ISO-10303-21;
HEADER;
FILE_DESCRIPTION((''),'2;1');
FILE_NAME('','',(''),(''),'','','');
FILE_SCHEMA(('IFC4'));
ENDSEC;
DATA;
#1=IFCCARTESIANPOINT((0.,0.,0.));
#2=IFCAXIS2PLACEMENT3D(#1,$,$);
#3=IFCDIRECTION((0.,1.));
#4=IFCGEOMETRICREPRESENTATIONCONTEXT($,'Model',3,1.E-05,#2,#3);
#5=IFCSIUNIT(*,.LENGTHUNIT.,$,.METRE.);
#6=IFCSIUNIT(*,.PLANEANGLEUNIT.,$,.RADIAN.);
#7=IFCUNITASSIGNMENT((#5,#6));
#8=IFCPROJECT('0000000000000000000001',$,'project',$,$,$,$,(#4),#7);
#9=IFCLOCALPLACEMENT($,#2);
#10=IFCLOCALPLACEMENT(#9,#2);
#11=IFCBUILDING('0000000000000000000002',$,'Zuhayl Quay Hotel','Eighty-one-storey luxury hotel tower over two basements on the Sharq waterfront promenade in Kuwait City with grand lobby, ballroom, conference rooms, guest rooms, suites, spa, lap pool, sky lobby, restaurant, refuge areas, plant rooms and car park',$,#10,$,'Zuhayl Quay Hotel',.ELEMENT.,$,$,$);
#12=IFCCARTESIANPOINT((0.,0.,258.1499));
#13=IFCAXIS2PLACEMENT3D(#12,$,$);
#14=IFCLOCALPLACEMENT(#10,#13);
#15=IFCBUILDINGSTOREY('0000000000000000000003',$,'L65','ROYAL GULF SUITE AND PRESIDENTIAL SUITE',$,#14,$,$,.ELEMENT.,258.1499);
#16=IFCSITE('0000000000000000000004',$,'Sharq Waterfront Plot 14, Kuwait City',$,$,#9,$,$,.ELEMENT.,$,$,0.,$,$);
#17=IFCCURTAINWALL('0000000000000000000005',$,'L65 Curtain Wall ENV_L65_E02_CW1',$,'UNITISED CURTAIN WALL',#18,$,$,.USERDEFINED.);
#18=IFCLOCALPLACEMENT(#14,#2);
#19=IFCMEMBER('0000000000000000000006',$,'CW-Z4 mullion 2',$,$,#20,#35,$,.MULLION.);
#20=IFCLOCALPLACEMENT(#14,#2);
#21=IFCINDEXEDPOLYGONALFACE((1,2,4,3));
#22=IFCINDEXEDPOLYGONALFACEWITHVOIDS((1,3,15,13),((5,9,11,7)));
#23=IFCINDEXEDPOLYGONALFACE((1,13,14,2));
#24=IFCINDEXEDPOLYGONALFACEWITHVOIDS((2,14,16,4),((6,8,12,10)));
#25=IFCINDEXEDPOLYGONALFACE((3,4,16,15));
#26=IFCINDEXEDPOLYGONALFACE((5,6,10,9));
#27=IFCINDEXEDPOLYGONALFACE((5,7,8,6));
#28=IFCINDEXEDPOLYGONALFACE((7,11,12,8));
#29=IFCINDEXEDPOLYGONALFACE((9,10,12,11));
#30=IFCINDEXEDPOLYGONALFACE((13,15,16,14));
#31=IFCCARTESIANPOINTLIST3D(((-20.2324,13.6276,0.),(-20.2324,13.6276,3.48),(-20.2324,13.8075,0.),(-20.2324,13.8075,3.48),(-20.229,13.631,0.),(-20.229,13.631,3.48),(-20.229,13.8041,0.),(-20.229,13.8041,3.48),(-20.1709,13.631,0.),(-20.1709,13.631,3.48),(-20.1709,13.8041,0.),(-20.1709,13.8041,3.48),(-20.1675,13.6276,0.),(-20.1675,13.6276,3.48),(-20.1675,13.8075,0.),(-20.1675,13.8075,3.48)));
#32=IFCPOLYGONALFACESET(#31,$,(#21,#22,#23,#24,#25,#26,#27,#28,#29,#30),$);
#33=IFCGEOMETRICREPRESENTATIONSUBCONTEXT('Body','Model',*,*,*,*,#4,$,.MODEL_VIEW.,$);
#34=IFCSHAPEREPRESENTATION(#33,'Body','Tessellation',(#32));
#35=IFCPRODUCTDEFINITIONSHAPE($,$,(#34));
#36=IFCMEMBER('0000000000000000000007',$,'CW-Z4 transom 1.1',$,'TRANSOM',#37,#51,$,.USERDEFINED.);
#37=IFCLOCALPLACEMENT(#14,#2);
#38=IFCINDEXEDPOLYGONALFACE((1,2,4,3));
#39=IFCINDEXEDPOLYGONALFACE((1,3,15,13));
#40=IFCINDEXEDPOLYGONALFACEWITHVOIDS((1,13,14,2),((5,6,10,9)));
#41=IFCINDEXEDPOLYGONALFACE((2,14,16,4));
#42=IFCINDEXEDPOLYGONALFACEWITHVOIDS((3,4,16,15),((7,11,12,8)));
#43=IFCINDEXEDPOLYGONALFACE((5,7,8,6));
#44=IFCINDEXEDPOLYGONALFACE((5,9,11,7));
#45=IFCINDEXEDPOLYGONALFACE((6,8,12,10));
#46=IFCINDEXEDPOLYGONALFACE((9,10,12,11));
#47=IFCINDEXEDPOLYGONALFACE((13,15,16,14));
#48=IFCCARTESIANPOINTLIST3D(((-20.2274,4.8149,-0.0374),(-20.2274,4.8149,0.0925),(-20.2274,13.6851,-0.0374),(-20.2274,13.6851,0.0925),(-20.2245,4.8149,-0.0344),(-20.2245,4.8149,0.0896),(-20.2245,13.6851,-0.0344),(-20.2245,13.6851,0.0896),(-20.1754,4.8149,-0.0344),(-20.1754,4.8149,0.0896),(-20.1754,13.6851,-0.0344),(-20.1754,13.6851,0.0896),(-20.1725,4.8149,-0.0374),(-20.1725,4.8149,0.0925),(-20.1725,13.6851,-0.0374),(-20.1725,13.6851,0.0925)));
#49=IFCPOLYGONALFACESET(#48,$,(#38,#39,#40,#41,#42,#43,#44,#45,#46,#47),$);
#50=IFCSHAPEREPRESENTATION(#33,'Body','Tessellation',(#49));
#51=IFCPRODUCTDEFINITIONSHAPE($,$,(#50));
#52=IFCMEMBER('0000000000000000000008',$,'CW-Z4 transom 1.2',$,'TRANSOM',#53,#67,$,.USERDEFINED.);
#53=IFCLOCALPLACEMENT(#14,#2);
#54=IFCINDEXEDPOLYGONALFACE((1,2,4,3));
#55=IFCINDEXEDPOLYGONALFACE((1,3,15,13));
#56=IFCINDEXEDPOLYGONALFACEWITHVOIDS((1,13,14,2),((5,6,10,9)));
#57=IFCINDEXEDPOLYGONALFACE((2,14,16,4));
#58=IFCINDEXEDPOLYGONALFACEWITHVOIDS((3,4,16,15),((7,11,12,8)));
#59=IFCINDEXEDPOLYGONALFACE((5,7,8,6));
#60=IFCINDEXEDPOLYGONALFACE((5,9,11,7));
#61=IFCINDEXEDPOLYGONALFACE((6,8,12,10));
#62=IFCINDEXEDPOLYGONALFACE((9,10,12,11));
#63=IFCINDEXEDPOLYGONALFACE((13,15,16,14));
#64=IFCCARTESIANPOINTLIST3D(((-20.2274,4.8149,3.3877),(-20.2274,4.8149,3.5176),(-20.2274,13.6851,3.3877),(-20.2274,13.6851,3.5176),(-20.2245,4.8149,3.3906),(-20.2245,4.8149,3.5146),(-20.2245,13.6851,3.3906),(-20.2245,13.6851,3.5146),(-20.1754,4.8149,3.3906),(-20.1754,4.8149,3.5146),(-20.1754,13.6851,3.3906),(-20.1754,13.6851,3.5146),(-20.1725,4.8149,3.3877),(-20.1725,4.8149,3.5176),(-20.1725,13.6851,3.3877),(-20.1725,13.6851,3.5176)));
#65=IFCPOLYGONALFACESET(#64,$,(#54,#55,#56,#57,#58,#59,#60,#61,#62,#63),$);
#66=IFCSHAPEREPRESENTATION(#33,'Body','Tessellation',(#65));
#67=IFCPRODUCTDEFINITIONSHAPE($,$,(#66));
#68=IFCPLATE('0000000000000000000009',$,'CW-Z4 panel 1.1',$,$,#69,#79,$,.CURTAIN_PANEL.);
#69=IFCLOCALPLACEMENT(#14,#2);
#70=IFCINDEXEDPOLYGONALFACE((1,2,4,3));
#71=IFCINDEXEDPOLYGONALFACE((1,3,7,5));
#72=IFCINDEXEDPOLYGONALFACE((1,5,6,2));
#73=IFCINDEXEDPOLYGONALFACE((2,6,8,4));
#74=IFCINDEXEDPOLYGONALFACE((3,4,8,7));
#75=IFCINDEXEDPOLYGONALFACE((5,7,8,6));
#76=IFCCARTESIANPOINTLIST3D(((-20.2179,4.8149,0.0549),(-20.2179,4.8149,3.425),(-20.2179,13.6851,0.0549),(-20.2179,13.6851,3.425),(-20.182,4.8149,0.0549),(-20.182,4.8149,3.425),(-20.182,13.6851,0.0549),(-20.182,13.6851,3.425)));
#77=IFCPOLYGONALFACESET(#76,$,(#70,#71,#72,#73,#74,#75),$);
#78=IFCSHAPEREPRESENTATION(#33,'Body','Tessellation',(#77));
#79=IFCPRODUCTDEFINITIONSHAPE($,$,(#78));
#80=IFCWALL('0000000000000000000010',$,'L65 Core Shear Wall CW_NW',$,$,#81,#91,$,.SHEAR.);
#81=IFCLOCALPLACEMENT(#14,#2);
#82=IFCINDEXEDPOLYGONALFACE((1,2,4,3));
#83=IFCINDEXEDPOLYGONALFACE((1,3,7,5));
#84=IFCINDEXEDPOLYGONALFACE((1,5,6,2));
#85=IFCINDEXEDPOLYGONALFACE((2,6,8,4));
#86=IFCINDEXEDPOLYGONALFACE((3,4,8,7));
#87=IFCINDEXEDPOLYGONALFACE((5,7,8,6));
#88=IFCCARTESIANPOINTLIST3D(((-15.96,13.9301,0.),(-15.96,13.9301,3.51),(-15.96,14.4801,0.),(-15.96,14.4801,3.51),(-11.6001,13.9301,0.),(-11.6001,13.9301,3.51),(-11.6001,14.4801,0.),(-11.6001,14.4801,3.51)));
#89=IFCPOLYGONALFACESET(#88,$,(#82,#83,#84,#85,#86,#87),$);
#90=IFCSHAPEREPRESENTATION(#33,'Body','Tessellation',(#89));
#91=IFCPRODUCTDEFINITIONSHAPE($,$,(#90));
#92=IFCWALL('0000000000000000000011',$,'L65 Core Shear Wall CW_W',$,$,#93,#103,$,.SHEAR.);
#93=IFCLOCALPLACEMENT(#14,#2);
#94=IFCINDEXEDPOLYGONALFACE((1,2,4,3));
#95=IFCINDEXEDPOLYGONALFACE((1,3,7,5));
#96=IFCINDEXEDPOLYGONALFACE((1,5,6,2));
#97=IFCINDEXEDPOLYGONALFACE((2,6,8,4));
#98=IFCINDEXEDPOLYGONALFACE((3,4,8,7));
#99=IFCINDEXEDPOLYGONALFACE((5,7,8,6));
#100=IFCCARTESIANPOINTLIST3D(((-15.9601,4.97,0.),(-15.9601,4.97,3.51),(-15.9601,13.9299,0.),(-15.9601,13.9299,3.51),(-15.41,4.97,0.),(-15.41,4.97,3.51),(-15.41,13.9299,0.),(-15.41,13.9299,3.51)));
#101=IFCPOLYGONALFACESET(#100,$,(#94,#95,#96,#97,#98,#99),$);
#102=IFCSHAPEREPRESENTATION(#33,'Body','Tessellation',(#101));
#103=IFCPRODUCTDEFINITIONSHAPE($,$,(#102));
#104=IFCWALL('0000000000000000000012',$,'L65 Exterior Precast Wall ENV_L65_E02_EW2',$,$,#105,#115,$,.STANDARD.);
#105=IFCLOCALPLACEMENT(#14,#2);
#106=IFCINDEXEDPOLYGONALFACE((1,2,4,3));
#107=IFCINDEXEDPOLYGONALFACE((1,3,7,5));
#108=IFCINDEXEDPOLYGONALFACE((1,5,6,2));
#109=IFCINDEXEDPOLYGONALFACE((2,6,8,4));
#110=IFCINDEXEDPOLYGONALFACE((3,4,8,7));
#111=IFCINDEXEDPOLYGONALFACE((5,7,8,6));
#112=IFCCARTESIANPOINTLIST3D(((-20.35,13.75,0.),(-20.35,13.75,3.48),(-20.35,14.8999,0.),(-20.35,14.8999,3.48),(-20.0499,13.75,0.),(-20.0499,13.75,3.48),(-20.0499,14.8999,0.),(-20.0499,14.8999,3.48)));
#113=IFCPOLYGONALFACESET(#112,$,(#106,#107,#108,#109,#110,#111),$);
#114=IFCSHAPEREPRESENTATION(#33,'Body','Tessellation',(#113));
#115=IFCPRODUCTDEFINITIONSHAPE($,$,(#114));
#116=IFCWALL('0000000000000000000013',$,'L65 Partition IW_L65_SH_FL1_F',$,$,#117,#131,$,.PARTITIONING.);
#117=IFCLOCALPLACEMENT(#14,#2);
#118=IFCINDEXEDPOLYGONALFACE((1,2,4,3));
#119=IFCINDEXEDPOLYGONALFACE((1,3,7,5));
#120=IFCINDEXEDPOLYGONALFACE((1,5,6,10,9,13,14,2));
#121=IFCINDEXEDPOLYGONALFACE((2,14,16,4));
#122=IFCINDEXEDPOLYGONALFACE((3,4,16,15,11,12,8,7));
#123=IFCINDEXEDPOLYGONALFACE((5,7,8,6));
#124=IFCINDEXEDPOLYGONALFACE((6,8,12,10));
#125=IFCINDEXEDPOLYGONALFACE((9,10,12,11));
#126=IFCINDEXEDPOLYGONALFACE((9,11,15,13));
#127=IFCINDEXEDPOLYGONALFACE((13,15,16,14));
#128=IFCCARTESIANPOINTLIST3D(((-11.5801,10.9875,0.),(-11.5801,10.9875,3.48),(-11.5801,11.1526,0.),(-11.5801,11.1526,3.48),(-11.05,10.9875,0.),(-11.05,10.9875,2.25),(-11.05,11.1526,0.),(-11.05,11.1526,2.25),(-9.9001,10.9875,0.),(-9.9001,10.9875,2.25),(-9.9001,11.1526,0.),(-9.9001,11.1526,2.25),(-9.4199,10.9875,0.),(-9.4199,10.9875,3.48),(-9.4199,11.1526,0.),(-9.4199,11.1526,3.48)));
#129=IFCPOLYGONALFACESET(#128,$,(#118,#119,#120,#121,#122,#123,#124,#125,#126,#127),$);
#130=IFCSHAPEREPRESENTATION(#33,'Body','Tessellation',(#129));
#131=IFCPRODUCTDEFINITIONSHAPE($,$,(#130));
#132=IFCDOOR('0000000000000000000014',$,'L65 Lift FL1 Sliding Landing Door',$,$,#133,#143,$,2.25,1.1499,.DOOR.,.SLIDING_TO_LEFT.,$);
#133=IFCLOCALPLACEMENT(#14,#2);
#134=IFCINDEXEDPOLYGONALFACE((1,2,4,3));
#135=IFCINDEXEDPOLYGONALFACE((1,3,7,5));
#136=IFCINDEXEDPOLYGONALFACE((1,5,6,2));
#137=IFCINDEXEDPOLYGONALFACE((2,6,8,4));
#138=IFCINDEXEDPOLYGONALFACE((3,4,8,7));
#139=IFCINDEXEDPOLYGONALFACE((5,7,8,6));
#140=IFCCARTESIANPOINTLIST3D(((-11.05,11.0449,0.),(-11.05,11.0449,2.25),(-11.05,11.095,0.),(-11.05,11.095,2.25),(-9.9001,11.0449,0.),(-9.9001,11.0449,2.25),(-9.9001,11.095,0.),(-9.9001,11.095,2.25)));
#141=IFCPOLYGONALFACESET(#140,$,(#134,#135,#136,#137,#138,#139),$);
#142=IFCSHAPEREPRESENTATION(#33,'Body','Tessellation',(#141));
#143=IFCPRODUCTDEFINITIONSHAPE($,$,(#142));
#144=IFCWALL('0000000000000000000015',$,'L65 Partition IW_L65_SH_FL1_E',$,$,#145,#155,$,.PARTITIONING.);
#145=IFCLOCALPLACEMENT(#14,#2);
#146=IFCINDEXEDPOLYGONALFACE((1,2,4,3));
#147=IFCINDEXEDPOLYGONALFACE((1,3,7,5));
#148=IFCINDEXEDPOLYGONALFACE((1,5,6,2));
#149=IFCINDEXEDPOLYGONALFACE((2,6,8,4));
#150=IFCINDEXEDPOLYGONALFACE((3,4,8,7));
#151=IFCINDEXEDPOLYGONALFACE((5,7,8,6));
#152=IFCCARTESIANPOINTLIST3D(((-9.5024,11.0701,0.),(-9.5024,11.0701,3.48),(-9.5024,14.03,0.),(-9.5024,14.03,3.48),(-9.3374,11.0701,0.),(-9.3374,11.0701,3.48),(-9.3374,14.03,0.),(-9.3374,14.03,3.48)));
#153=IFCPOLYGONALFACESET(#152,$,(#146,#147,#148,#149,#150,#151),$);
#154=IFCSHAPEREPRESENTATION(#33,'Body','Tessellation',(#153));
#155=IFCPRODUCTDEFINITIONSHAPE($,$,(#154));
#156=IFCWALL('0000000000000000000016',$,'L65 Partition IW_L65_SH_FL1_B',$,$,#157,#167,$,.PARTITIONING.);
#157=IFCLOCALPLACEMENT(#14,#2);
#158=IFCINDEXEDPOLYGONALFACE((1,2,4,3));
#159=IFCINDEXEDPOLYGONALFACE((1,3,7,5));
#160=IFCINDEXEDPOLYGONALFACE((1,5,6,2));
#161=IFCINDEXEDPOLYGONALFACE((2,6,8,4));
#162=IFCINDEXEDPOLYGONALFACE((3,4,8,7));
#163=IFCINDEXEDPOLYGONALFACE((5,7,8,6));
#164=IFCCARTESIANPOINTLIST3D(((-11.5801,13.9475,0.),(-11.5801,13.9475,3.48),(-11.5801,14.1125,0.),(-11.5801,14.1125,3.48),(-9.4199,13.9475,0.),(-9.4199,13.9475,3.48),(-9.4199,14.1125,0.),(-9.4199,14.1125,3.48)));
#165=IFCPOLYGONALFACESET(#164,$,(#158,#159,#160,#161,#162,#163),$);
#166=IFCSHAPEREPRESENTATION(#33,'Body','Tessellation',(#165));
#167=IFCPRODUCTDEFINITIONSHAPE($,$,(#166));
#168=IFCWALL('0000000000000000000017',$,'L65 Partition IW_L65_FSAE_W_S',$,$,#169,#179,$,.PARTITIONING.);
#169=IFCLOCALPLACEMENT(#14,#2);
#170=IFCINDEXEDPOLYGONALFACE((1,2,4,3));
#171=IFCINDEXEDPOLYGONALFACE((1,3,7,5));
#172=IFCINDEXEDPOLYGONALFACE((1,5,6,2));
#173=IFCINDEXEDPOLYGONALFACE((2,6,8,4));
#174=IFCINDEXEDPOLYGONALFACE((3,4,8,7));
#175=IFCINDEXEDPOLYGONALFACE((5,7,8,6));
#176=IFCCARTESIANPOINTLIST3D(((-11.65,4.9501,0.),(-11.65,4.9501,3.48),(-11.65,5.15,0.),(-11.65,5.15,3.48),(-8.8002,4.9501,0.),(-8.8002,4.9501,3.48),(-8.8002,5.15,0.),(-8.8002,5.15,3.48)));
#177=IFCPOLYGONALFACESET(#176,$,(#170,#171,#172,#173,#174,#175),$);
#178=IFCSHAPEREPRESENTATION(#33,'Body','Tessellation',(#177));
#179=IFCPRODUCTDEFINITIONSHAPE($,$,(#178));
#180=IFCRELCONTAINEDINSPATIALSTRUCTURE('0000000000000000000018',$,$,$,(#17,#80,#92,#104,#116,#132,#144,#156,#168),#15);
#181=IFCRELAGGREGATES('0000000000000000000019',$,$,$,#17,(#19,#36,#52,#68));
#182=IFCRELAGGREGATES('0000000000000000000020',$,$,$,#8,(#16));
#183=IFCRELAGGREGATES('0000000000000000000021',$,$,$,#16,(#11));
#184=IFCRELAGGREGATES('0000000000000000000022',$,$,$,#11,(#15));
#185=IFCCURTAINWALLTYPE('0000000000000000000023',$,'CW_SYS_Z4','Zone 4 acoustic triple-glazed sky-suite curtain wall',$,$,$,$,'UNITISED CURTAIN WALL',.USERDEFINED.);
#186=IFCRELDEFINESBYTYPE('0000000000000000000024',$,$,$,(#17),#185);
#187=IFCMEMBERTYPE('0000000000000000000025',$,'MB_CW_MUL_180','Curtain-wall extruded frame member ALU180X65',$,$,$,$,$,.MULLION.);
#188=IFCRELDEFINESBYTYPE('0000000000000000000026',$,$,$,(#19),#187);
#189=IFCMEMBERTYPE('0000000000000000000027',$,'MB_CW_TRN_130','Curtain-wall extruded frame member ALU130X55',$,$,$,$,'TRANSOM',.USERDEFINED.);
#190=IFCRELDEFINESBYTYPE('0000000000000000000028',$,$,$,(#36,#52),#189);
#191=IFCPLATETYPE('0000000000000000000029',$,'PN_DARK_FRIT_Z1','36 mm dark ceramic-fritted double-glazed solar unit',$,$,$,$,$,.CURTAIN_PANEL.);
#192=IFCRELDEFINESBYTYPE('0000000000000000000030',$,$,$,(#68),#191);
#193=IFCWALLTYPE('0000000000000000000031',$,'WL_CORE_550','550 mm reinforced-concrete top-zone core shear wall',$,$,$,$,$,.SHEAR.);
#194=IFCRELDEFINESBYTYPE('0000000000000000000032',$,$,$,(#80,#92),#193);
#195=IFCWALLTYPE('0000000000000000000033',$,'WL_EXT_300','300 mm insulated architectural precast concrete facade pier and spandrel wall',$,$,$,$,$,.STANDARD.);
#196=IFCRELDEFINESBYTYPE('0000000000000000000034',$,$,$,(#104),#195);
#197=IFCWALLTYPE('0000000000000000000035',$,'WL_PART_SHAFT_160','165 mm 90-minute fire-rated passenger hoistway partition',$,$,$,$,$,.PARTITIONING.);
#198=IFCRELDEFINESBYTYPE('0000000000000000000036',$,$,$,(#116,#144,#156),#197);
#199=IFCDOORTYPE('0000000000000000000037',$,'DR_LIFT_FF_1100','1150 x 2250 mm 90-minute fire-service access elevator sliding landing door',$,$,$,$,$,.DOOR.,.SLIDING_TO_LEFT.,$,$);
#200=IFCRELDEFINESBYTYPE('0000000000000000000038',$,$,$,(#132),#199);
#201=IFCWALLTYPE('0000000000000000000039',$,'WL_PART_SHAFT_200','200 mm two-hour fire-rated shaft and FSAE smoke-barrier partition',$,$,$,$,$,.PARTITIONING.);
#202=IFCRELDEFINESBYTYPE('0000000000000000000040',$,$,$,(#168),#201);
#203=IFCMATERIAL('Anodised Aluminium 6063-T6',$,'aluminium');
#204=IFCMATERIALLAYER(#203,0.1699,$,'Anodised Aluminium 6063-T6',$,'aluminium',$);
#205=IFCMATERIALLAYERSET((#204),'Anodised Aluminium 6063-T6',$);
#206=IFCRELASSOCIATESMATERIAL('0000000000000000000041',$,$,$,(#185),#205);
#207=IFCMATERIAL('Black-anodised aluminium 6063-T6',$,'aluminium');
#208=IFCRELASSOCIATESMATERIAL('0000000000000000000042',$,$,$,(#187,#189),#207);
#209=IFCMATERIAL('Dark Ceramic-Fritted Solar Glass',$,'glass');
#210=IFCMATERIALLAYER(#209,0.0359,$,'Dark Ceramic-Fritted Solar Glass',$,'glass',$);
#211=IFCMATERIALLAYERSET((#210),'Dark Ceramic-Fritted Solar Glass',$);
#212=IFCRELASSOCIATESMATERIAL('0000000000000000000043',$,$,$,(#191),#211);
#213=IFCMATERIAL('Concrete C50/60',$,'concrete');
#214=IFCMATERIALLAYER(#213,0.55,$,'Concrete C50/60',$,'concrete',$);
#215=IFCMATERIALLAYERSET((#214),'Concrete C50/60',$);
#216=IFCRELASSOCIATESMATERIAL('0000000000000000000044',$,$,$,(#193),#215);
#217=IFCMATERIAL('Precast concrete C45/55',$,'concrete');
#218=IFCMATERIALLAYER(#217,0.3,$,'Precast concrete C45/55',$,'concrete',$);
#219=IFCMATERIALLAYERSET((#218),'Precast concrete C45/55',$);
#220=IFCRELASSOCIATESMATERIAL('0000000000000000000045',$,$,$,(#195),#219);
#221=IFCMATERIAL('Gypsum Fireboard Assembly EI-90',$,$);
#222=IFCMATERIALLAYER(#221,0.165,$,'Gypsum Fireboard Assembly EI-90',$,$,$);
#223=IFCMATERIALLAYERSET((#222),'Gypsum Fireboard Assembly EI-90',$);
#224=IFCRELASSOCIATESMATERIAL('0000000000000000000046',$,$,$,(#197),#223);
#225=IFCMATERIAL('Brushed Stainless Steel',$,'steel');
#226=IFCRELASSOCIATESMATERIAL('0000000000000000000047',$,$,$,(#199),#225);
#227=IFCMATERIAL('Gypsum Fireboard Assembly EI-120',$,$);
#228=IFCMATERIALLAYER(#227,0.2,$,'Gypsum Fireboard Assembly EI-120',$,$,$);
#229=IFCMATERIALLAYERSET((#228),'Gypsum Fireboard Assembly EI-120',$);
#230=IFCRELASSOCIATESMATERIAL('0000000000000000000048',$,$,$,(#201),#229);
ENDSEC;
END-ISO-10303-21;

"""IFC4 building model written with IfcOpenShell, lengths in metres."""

from ifc_helpers import new_model, si_unit, direction, frame, frame_2d, origin, origin_2d, place, context, subcontext, project, spatial, rectangle, hollow_rectangle, extrude, material, layer, layer_set, material_profile, profile_set, type_object, element, fill, aggregate, save


model = new_model("IFC4")

# Units and contexts
model_context = context("Model", 3, precision=1e-05, world=origin(), true_north=direction((0.0, 1.0)))
body_context = subcontext(model_context, "Body", "Model", "MODEL_VIEW")
ifc_project = project(units=[si_unit("LENGTHUNIT", "METRE"), si_unit("PLANEANGLEUNIT", "RADIAN")], contexts=[model_context])

# Site, building, storey
site_placement = place(None, origin())
site = spatial("IfcSite", under=ifc_project, at=site_placement, Name="Sharq Waterfront Plot 14, Kuwait City", CompositionType="ELEMENT", RefElevation=0.0)
building_placement = place(site_placement, origin())
building = spatial("IfcBuilding", under=site, at=building_placement, Name="Zuhayl Quay Hotel", Description="Eighty-one-storey luxury hotel tower over two basements on the Sharq waterfront promenade in Kuwait City with grand lobby, ballroom, conference rooms, guest rooms, suites, spa, lap pool, sky lobby, restaurant, refuge areas, plant rooms and car park", LongName="Zuhayl Quay Hotel", CompositionType="ELEMENT")
storey_placement = place(building_placement, frame((0.0, 0.0, 258.1499)))
storey = spatial("IfcBuildingStorey", under=building, at=storey_placement, Name="L65", Description="ROYAL GULF SUITE AND PRESIDENTIAL SUITE", CompositionType="ELEMENT", Elevation=258.1499)

# Curtain wall, members, plate
ifc_material_1 = material(Name="Anodised Aluminium 6063-T6", Category="aluminium")
ifc_layer_1 = layer(ifc_material_1, 0.1699, Name="Anodised Aluminium 6063-T6", Category="aluminium")
ifc_layer_set_1 = layer_set([ifc_layer_1], Name="Anodised Aluminium 6063-T6")
curtain_wall_type = type_object("IfcCurtainWallType", Name="CW_SYS_Z4", Description="Zone 4 acoustic triple-glazed sky-suite curtain wall", ElementType="UNITISED CURTAIN WALL", PredefinedType="USERDEFINED", material=ifc_layer_set_1)
curtain_wall_placement = place(storey_placement, origin())
curtain_wall = element("IfcCurtainWall", 1, at=curtain_wall_placement, inside=storey, type_object=curtain_wall_type, Name="L65 Curtain Wall ENV_L65_E02_CW1", ObjectType="UNITISED CURTAIN WALL", PredefinedType="USERDEFINED")
ifc_material_2 = material(Name="Black-anodised aluminium 6063-T6", Category="aluminium")
ifc_material_profile_1 = material_profile(ifc_material_2, hollow_rectangle(XDim=0.0649, YDim=0.1799, WallThickness=0.0034, at=origin_2d()), Name="ALU180X65")
ifc_profile_set_1 = profile_set([ifc_material_profile_1], Name="Black-anodised aluminium 6063-T6")
member_type_1 = type_object("IfcMemberType", Name="MB_CW_MUL_180", Description="Curtain-wall extruded frame member ALU180X65", PredefinedType="MULLION", material=ifc_profile_set_1)
member_1_placement = place(storey_placement, frame((-20.2, 13.7175, 0.0), z_axis=(0.0, 0.0, 1.0), x_axis=(-1.0, 0.0, 0.0)))
member_1 = element("IfcMember", 2, at=member_1_placement, type_object=member_type_1, Name="CW-Z4 mullion 2", PredefinedType="MULLION", context=body_context, shape_type="SweptSolid", body=[
    extrude(hollow_rectangle(XDim=0.0649, YDim=0.1799, WallThickness=0.0034, at=origin_2d()), origin(), (0.0, 0.0, 1.0), 3.48),
])
ifc_material_profile_2 = material_profile(ifc_material_2, hollow_rectangle(XDim=0.0549, YDim=0.1299, WallThickness=0.0029, at=origin_2d()), Name="ALU130X55")
ifc_profile_set_2 = profile_set([ifc_material_profile_2], Name="Black-anodised aluminium 6063-T6")
member_type_2 = type_object("IfcMemberType", Name="MB_CW_TRN_130", Description="Curtain-wall extruded frame member ALU130X55", ElementType="TRANSOM", PredefinedType="USERDEFINED", material=ifc_profile_set_2)
member_2_placement = place(storey_placement, frame((-20.2, 4.8149, 0.0276), z_axis=(0.0, 1.0, 0.0), x_axis=(-1.0, 0.0, 0.0)))
member_2 = element("IfcMember", 3, at=member_2_placement, type_object=member_type_2, Name="CW-Z4 transom 1.1", ObjectType="TRANSOM", PredefinedType="USERDEFINED", context=body_context, shape_type="SweptSolid", body=[
    extrude(hollow_rectangle(XDim=0.0549, YDim=0.1299, WallThickness=0.0029, at=origin_2d()), origin(), (0.0, 0.0, 1.0), 8.8701),
])
member_3_placement = place(storey_placement, frame((-20.2, 4.8149, 3.4526), z_axis=(0.0, 1.0, 0.0), x_axis=(-1.0, 0.0, 0.0)))
member_3 = element("IfcMember", 4, at=member_3_placement, type_object=member_type_2, Name="CW-Z4 transom 1.2", ObjectType="TRANSOM", PredefinedType="USERDEFINED", context=body_context, shape_type="SweptSolid", body=[
    extrude(hollow_rectangle(XDim=0.0549, YDim=0.1299, WallThickness=0.0029, at=origin_2d()), origin(), (0.0, 0.0, 1.0), 8.8701),
])
ifc_material_3 = material(Name="Dark Ceramic-Fritted Solar Glass", Category="glass")
ifc_layer_2 = layer(ifc_material_3, 0.0359, Name="Dark Ceramic-Fritted Solar Glass", Category="glass")
ifc_layer_set_2 = layer_set([ifc_layer_2], Name="Dark Ceramic-Fritted Solar Glass")
plate_type = type_object("IfcPlateType", Name="PN_DARK_FRIT_Z1", Description="36 mm dark ceramic-fritted double-glazed solar unit", PredefinedType="CURTAIN_PANEL", material=ifc_layer_set_2)
plate_placement = place(storey_placement, frame((-20.2, 9.25, 0.0549), z_axis=(0.0, 0.0, 1.0), x_axis=(0.0, 1.0, 0.0)))
plate = element("IfcPlate", 5, at=plate_placement, type_object=plate_type, Name="CW-Z4 panel 1.1", PredefinedType="CURTAIN_PANEL", context=body_context, shape_type="SweptSolid", body=[
    extrude(rectangle(XDim=8.8701, YDim=0.0359, at=origin_2d()), origin(), (0.0, 0.0, 1.0), 3.3701),
])
aggregate(curtain_wall, [member_1, member_2, member_3, plate])

# Walls
ifc_material_4 = material(Name="Concrete C50/60", Category="concrete")
ifc_layer_3 = layer(ifc_material_4, 0.55, Name="Concrete C50/60", Category="concrete")
ifc_layer_set_3 = layer_set([ifc_layer_3], Name="Concrete C50/60")
wall_type_1 = type_object("IfcWallType", Name="WL_CORE_550", Description="550 mm reinforced-concrete top-zone core shear wall", PredefinedType="SHEAR", material=ifc_layer_set_3)
wall_1_placement = place(storey_placement, frame((-15.96, 14.2051, 0.0), z_axis=(0.0, 0.0, 1.0), x_axis=(1.0, 0.0, 0.0)))
element("IfcWall", 6, at=wall_1_placement, inside=storey, type_object=wall_type_1, Name="L65 Core Shear Wall CW_NW", PredefinedType="SHEAR", context=body_context, shape_type="SweptSolid", body=[
    extrude(rectangle(XDim=4.3599, YDim=0.55, at=frame_2d((2.1799, 0.0))), origin(), (0.0, 0.0, 1.0), 3.51),
])
wall_2_placement = place(storey_placement, frame((-15.6851, 4.97, 0.0), z_axis=(0.0, 0.0, 1.0), x_axis=(0.0, 1.0, 0.0)))
element("IfcWall", 7, at=wall_2_placement, inside=storey, type_object=wall_type_1, Name="L65 Core Shear Wall CW_W", PredefinedType="SHEAR", context=body_context, shape_type="SweptSolid", body=[
    extrude(rectangle(XDim=8.96, YDim=0.55, at=frame_2d((4.48, 0.0))), origin(), (0.0, 0.0, 1.0), 3.51),
])
ifc_material_5 = material(Name="Precast concrete C45/55", Category="concrete")
ifc_layer_4 = layer(ifc_material_5, 0.3, Name="Precast concrete C45/55", Category="concrete")
ifc_layer_set_4 = layer_set([ifc_layer_4], Name="Precast concrete C45/55")
wall_type_2 = type_object("IfcWallType", Name="WL_EXT_300", Description="300 mm insulated architectural precast concrete facade pier and spandrel wall", PredefinedType="STANDARD", material=ifc_layer_set_4)
wall_3_placement = place(storey_placement, frame((-20.2, 13.75, 0.0), z_axis=(0.0, 0.0, 1.0), x_axis=(0.0, 1.0, 0.0)))
element("IfcWall", 8, at=wall_3_placement, inside=storey, type_object=wall_type_2, Name="L65 Exterior Precast Wall ENV_L65_E02_EW2", PredefinedType="STANDARD", context=body_context, shape_type="SweptSolid", body=[
    extrude(rectangle(XDim=1.1499, YDim=0.3, at=frame_2d((0.575, 0.0))), origin(), (0.0, 0.0, 1.0), 3.48),
])

# Wall, opening, door
ifc_material_6 = material(Name="Gypsum Fireboard Assembly EI-90")
ifc_layer_5 = layer(ifc_material_6, 0.165, Name="Gypsum Fireboard Assembly EI-90")
ifc_layer_set_5 = layer_set([ifc_layer_5], Name="Gypsum Fireboard Assembly EI-90")
wall_type_3 = type_object("IfcWallType", Name="WL_PART_SHAFT_160", Description="165 mm 90-minute fire-rated passenger hoistway partition", PredefinedType="PARTITIONING", material=ifc_layer_set_5)
wall_4_placement = place(storey_placement, frame((-11.5801, 11.0701, 0.0), z_axis=(0.0, 0.0, 1.0), x_axis=(1.0, 0.0, 0.0)))
wall_4 = element("IfcWall", 9, at=wall_4_placement, inside=storey, type_object=wall_type_3, Name="L65 Partition IW_L65_SH_FL1_F", PredefinedType="PARTITIONING", context=body_context, shape_type="SweptSolid", body=[
    extrude(rectangle(XDim=2.1602, YDim=0.165, at=frame_2d((1.0801, 0.0))), origin(), (0.0, 0.0, 1.0), 3.48),
])
opening_1_placement = place(wall_4_placement, frame((0.53, 0.0, 0.0)))
opening_1 = element("IfcOpeningElement", 10, at=opening_1_placement, cuts=wall_4, PredefinedType="OPENING", context=body_context, shape_type="SweptSolid", body=[
    extrude(rectangle(XDim=1.1499, YDim=2.25, at=frame_2d((0.575, 1.125))), frame((0.0, 0.0925, 0.0), z_axis=(0.0, -1.0, 0.0), x_axis=(1.0, 0.0, 0.0)), (0.0, 0.0, 1.0), 0.1851),
])
ifc_material_7 = material(Name="Brushed Stainless Steel", Category="steel")
door_type_1 = type_object("IfcDoorType", Name="DR_LIFT_FF_1100", Description="1150 x 2250 mm 90-minute fire-service access elevator sliding landing door", OperationType="SLIDING_TO_LEFT", PredefinedType="DOOR", material=ifc_material_7)
door_1_placement = place(opening_1_placement, origin())
door_1 = element("IfcDoor", 11, at=door_1_placement, inside=storey, type_object=door_type_1, Name="L65 Lift FL1 Sliding Landing Door", OperationType="SLIDING_TO_LEFT", OverallHeight=2.25, OverallWidth=1.1499, PredefinedType="DOOR", context=body_context, shape_type="SweptSolid", body=[
    extrude(rectangle(XDim=1.1499, YDim=2.25, at=frame_2d((0.575, 1.125))), frame((0.0, 0.0249, 0.0), z_axis=(0.0, -1.0, 0.0), x_axis=(1.0, 0.0, 0.0)), (0.0, 0.0, 1.0), 0.05),
])
fill(opening_1, door_1)

# Walls
wall_5_placement = place(storey_placement, frame((-9.4199, 11.0701, 0.0), z_axis=(0.0, 0.0, 1.0), x_axis=(0.0, 1.0, 0.0)))
element("IfcWall", 12, at=wall_5_placement, inside=storey, type_object=wall_type_3, Name="L65 Partition IW_L65_SH_FL1_E", PredefinedType="PARTITIONING", context=body_context, shape_type="SweptSolid", body=[
    extrude(rectangle(XDim=2.96, YDim=0.165, at=frame_2d((1.48, 0.0))), origin(), (0.0, 0.0, 1.0), 3.48),
])
wall_6_placement = place(storey_placement, frame((-11.5801, 14.03, 0.0), z_axis=(0.0, 0.0, 1.0), x_axis=(1.0, 0.0, 0.0)))
element("IfcWall", 13, at=wall_6_placement, inside=storey, type_object=wall_type_3, Name="L65 Partition IW_L65_SH_FL1_B", PredefinedType="PARTITIONING", context=body_context, shape_type="SweptSolid", body=[
    extrude(rectangle(XDim=2.1602, YDim=0.165, at=frame_2d((1.0801, 0.0))), origin(), (0.0, 0.0, 1.0), 3.48),
])
ifc_material_8 = material(Name="Gypsum Fireboard Assembly EI-120")
ifc_layer_6 = layer(ifc_material_8, 0.2, Name="Gypsum Fireboard Assembly EI-120")
ifc_layer_set_6 = layer_set([ifc_layer_6], Name="Gypsum Fireboard Assembly EI-120")
wall_type_4 = type_object("IfcWallType", Name="WL_PART_SHAFT_200", Description="200 mm two-hour fire-rated shaft and FSAE smoke-barrier partition", PredefinedType="PARTITIONING", material=ifc_layer_set_6)
wall_7_placement = place(storey_placement, frame((-11.6499, 5.05, 0.0), z_axis=(0.0, 0.0, 1.0), x_axis=(1.0, 0.0, 0.0)))
element("IfcWall", 14, at=wall_7_placement, inside=storey, type_object=wall_type_4, Name="L65 Partition IW_L65_FSAE_W_S", PredefinedType="PARTITIONING", context=body_context, shape_type="SweptSolid", body=[
    extrude(rectangle(XDim=2.8499, YDim=0.2, at=frame_2d((1.4248, 0.0))), origin(), (0.0, 0.0, 1.0), 3.48),
])

save(model, "model.ifc")
